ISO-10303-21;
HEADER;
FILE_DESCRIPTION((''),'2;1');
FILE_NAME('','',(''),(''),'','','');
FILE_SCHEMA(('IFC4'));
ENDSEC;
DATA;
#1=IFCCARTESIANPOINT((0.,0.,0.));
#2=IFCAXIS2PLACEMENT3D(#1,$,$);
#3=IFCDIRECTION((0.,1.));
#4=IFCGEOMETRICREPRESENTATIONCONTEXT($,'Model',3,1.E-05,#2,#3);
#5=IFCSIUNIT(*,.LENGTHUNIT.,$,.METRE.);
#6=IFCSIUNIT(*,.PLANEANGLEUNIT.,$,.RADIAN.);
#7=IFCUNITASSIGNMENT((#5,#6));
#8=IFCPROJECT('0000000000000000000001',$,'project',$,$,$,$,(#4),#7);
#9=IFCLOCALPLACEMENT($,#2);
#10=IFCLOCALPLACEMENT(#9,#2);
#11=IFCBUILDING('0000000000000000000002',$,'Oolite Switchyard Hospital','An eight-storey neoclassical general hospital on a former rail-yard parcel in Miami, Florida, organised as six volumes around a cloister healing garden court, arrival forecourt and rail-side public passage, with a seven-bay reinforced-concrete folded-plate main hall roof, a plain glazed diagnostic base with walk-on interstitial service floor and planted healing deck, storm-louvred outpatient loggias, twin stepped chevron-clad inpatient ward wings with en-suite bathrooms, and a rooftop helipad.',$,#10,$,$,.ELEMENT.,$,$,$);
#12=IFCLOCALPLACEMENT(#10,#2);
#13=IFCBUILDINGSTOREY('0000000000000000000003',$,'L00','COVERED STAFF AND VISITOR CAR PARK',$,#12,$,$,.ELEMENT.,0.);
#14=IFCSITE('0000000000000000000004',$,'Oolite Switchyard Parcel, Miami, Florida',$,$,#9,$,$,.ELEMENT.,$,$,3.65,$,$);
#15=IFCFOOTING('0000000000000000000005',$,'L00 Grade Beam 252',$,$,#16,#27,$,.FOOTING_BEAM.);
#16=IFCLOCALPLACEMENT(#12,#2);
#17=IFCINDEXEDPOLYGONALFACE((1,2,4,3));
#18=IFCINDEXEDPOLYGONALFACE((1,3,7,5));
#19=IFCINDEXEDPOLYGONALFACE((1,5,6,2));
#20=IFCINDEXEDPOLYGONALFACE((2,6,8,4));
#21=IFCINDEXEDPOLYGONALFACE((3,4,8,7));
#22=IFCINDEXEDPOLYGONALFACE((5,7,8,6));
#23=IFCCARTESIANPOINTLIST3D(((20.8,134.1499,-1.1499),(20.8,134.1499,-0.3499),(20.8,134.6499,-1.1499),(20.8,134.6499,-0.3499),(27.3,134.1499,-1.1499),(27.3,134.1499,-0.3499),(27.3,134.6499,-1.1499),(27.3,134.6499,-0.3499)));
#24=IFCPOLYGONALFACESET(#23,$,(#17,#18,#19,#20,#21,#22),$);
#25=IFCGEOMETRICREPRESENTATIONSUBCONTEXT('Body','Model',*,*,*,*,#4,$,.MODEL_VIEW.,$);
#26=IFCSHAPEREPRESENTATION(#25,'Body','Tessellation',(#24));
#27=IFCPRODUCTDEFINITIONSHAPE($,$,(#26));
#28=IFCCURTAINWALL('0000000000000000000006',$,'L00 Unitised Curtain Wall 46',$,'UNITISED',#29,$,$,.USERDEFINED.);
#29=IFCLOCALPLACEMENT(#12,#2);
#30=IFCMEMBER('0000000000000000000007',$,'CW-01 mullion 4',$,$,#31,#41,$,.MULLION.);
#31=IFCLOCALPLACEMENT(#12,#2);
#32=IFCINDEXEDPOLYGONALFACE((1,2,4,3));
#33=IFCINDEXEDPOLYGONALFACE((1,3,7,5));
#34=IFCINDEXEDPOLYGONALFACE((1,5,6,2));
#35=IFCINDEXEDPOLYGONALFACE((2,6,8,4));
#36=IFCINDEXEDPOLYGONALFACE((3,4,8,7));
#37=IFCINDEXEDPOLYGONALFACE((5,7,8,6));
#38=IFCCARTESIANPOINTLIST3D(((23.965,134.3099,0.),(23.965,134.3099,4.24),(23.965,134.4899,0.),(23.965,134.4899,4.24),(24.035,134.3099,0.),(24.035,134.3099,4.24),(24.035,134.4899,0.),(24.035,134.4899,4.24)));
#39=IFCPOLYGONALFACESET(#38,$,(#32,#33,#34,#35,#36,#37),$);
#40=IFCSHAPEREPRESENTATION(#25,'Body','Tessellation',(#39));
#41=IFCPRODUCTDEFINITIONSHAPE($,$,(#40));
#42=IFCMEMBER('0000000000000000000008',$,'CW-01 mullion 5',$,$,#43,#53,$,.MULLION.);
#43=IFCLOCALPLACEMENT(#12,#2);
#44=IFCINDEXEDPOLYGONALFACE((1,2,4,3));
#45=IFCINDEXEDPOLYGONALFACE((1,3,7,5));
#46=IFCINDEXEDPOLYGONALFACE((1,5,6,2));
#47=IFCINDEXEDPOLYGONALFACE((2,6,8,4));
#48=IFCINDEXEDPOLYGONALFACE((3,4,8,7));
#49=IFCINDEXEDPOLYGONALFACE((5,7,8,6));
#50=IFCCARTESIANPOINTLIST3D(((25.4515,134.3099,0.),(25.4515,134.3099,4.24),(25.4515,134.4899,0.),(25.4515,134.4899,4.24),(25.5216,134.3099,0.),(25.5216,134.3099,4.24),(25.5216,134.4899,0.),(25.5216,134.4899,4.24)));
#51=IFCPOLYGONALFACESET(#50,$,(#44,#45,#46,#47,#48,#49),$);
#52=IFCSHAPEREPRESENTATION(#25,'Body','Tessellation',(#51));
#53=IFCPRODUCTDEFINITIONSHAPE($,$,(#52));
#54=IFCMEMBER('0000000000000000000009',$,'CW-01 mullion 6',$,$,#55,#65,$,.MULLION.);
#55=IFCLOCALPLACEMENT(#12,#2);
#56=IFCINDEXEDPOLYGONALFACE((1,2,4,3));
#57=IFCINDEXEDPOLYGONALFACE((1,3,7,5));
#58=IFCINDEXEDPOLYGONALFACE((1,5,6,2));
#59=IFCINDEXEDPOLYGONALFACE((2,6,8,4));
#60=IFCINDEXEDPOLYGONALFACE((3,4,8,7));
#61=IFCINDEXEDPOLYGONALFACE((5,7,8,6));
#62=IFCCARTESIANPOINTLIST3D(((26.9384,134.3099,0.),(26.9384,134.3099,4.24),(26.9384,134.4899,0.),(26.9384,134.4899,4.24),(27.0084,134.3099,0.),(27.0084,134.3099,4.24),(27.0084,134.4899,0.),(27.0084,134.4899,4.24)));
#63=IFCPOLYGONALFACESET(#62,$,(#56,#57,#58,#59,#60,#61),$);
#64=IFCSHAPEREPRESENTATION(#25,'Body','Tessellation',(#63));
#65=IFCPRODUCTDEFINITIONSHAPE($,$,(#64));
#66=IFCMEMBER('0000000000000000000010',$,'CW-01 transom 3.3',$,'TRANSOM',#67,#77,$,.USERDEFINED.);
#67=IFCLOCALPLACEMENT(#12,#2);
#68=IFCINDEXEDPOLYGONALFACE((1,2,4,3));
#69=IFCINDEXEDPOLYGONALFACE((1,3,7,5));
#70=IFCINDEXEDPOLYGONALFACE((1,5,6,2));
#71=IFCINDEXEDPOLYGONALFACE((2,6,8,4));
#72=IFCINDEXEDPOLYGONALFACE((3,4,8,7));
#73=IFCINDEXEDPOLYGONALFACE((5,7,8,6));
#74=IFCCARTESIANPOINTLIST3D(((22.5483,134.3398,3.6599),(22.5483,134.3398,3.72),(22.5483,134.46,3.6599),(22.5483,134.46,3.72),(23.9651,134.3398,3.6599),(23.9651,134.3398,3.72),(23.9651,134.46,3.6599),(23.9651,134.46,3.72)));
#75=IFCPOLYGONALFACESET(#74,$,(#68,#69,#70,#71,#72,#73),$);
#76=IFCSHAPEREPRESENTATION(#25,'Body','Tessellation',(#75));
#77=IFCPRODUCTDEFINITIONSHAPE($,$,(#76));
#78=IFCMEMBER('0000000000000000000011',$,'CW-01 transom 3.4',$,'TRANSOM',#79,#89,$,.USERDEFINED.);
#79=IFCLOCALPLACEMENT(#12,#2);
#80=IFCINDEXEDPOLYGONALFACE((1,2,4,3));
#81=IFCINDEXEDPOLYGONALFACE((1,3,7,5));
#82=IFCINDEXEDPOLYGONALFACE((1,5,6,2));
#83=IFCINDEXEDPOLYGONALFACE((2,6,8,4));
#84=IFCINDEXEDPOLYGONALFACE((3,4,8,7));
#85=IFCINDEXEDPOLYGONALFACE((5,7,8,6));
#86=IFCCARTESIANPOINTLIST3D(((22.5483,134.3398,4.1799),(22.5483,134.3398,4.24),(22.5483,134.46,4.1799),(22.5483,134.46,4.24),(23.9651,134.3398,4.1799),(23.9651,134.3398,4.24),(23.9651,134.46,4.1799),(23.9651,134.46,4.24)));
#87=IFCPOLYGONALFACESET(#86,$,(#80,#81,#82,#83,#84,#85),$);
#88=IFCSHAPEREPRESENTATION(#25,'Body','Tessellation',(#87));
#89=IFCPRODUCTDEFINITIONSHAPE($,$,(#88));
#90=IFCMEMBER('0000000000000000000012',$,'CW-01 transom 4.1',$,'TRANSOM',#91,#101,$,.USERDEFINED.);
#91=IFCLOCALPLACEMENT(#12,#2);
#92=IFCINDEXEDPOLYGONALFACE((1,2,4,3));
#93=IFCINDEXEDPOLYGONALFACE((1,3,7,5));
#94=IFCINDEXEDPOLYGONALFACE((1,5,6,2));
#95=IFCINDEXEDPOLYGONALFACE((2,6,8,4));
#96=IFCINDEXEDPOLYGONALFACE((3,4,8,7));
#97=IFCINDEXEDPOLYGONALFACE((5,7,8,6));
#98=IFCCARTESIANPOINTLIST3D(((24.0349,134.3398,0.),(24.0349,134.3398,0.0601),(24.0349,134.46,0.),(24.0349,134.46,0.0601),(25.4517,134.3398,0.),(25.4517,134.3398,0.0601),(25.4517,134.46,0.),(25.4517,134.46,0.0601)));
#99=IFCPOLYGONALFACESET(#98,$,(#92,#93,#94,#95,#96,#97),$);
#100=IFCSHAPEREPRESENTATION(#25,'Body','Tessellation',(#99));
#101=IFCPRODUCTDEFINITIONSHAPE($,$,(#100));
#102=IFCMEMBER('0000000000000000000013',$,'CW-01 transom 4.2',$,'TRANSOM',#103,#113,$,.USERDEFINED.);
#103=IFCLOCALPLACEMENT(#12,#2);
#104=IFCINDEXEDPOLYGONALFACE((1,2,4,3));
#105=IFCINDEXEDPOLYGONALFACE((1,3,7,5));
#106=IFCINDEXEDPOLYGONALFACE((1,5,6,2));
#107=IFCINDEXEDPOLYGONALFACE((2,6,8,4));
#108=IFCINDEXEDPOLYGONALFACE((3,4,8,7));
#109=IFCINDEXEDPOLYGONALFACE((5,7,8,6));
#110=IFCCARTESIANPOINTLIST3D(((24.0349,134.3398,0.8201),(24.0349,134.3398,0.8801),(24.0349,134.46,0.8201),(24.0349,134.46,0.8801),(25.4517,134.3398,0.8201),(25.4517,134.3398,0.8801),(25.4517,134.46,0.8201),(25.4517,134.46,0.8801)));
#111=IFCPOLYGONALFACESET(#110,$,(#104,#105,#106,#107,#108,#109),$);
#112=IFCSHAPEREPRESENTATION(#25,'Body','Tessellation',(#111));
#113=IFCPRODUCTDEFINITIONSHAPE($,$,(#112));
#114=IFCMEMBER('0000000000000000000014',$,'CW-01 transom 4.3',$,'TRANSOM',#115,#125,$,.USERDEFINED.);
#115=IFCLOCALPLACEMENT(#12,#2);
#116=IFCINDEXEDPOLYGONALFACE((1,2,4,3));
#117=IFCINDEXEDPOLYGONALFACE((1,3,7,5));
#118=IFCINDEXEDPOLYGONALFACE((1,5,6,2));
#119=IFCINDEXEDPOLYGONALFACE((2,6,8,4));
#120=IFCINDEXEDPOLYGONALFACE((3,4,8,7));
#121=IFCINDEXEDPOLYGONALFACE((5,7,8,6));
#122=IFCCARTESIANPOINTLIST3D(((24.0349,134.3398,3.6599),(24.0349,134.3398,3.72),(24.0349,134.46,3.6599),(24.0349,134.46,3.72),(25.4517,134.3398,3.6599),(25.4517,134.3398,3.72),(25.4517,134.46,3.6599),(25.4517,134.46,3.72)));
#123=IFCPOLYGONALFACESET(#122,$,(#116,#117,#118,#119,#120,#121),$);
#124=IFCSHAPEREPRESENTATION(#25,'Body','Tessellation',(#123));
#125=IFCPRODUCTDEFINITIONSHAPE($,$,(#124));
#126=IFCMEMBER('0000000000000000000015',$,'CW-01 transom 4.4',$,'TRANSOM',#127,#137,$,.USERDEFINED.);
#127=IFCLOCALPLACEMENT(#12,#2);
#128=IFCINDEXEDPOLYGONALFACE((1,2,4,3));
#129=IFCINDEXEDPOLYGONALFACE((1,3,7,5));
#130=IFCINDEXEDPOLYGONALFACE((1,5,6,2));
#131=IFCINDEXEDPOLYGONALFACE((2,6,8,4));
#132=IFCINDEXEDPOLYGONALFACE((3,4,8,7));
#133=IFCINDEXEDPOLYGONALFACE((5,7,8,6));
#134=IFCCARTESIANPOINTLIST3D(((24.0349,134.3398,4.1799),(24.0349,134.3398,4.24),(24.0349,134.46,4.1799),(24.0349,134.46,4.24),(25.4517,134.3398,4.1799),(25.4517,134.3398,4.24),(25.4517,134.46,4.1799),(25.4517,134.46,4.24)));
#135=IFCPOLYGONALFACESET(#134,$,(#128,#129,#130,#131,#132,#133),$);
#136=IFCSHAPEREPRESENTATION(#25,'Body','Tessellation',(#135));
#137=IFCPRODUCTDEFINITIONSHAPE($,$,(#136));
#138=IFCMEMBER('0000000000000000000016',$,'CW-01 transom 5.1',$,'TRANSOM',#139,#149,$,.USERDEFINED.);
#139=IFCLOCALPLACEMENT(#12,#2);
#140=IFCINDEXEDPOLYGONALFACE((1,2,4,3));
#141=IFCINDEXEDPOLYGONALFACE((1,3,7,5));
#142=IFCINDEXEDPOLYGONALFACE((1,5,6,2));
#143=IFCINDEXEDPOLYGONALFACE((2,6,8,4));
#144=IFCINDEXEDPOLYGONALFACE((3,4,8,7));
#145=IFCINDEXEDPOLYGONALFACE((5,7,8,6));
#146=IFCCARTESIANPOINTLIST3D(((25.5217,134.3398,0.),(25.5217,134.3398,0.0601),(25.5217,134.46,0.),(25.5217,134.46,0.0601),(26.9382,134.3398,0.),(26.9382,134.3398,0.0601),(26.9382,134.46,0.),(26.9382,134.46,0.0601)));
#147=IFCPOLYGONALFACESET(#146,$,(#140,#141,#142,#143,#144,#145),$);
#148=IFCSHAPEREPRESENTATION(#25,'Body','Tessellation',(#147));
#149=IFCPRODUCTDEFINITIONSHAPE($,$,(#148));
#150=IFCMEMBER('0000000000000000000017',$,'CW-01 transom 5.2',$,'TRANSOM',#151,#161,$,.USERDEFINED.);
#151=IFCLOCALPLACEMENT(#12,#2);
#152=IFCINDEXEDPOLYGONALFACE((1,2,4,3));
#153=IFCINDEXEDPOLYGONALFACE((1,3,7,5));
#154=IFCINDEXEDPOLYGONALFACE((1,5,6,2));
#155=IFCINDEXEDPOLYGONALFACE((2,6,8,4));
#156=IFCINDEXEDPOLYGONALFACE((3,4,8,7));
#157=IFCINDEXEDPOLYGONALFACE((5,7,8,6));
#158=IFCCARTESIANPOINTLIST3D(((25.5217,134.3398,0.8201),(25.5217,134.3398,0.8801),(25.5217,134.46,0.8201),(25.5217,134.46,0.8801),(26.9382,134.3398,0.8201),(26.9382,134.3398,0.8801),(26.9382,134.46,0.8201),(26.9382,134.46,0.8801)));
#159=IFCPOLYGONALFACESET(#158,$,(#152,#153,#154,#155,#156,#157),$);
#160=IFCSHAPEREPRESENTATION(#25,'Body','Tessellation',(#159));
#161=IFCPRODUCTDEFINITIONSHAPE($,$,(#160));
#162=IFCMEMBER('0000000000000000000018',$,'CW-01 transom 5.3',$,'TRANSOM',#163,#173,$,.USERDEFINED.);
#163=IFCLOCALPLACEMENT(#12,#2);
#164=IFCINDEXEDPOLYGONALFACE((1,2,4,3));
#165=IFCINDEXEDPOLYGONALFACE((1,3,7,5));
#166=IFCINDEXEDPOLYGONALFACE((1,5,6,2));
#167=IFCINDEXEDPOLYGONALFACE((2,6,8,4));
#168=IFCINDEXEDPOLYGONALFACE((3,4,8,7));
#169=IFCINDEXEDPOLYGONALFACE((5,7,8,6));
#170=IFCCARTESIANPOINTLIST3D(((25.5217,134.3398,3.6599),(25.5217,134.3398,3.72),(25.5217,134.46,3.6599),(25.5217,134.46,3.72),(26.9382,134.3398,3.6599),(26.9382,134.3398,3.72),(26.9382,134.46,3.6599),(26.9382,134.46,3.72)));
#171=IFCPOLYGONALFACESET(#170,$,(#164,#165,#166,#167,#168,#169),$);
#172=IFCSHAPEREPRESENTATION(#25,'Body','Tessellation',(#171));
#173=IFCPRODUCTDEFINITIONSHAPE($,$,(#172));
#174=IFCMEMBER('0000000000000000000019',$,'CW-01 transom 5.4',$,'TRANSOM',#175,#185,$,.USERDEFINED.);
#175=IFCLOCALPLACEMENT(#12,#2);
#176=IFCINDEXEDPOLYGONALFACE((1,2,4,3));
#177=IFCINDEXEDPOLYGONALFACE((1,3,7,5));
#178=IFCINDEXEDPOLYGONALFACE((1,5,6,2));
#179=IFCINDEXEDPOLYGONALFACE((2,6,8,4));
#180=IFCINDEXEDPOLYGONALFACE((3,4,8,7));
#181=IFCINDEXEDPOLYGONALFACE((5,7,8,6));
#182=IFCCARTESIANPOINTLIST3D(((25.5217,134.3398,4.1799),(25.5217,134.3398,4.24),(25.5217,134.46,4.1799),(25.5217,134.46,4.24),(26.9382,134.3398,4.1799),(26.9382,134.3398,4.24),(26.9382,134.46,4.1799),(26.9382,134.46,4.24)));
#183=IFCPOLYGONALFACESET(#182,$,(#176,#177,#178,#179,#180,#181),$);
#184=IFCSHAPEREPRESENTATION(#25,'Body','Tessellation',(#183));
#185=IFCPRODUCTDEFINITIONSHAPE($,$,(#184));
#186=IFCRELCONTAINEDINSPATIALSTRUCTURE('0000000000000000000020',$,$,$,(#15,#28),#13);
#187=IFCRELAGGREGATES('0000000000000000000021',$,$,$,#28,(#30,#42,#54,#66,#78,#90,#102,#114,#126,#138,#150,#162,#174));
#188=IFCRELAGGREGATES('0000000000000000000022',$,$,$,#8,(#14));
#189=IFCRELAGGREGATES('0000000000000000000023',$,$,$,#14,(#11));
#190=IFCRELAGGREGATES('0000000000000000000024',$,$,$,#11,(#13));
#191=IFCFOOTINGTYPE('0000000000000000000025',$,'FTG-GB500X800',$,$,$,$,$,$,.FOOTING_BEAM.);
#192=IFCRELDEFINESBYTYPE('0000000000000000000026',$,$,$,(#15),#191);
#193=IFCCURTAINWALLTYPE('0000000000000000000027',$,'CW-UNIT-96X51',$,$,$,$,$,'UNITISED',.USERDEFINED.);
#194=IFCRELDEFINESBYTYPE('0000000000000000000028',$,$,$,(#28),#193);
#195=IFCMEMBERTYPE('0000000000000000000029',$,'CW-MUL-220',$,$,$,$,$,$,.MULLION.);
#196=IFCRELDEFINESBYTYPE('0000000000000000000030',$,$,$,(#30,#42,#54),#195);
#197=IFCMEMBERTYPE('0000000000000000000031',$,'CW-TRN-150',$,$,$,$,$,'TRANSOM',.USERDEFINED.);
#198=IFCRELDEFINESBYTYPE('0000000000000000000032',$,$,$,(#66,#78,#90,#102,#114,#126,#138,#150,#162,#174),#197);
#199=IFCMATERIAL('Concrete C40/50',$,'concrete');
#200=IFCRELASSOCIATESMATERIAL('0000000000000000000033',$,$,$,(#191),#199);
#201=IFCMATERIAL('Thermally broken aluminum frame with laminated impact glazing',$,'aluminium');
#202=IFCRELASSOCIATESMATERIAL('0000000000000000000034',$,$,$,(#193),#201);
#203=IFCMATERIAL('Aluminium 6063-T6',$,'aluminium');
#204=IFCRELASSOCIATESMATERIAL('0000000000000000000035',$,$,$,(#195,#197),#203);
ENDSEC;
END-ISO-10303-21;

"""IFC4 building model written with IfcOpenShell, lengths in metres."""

from ifc_helpers import new_model, si_unit, direction, frame, origin, origin_2d, place, context, subcontext, project, spatial, rectangle, extrude, material, material_profile, profile_set, type_object, element, aggregate, save


model = new_model("IFC4")

# Units and contexts
model_context = context("Model", 3, precision=1e-05, world=origin(), true_north=direction((0.0, 1.0)))
body_context = subcontext(model_context, "Body", "Model", "MODEL_VIEW")
ifc_project = project(units=[si_unit("LENGTHUNIT", "METRE"), si_unit("PLANEANGLEUNIT", "RADIAN")], contexts=[model_context])

# Site, building, storey
site_placement = place(None, origin())
site = spatial("IfcSite", under=ifc_project, at=site_placement, Name="Oolite Switchyard Parcel, Miami, Florida", CompositionType="ELEMENT", RefElevation=3.65)
building_placement = place(site_placement, origin())
building = spatial("IfcBuilding", under=site, at=building_placement, Name="Oolite Switchyard Hospital", Description="An eight-storey neoclassical general hospital on a former rail-yard parcel in Miami, Florida, organised as six volumes around a cloister healing garden court, arrival forecourt and rail-side public passage, with a seven-bay reinforced-concrete folded-plate main hall roof, a plain glazed diagnostic base with walk-on interstitial service floor and planted healing deck, storm-louvred outpatient loggias, twin stepped chevron-clad inpatient ward wings with en-suite bathrooms, and a rooftop helipad.", CompositionType="ELEMENT")
storey_placement = place(building_placement, origin())
storey = spatial("IfcBuildingStorey", under=building, at=storey_placement, Name="L00", Description="COVERED STAFF AND VISITOR CAR PARK", CompositionType="ELEMENT", Elevation=0.0)

# Footing
ifc_material_1 = material(Name="Concrete C40/50", Category="concrete")
footing_type = type_object("IfcFootingType", Name="FTG-GB500X800", PredefinedType="FOOTING_BEAM", material=ifc_material_1)
footing_placement = place(storey_placement, frame((24.05, 134.3999, -1.1499), z_axis=(0.0, 0.0, 1.0), x_axis=(1.0, 0.0, 0.0)))
element("IfcFooting", 1, at=footing_placement, inside=storey, type_object=footing_type, Name="L00 Grade Beam 252", PredefinedType="FOOTING_BEAM", context=body_context, shape_type="SweptSolid", body=[
    extrude(rectangle(XDim=6.5, YDim=0.5, at=origin_2d()), origin(), (0.0, 0.0, 1.0), 0.8),
])

# Curtain wall, members
ifc_material_2 = material(Name="Thermally broken aluminum frame with laminated impact glazing", Category="aluminium")
curtain_wall_type = type_object("IfcCurtainWallType", Name="CW-UNIT-96X51", ElementType="UNITISED", PredefinedType="USERDEFINED", material=ifc_material_2)
curtain_wall_placement = place(storey_placement, origin())
curtain_wall = element("IfcCurtainWall", 2, at=curtain_wall_placement, inside=storey, type_object=curtain_wall_type, Name="L00 Unitised Curtain Wall 46", ObjectType="UNITISED", PredefinedType="USERDEFINED")
ifc_material_3 = material(Name="Aluminium 6063-T6", Category="aluminium")
ifc_material_profile_1 = material_profile(ifc_material_3, rectangle(XDim=0.1799, YDim=0.0701, at=origin_2d()), Name="CWM70X180")
ifc_profile_set_1 = profile_set([ifc_material_profile_1], Name="Aluminium 6063-T6")
member_type_1 = type_object("IfcMemberType", Name="CW-MUL-220", PredefinedType="MULLION", material=ifc_profile_set_1)
member_1_placement = place(storey_placement, frame((24.0, 134.3999, 0.0), z_axis=(0.0, 0.0, 1.0), x_axis=(0.0, 1.0, 0.0)))
member_1 = element("IfcMember", 3, at=member_1_placement, type_object=member_type_1, Name="CW-01 mullion 4", PredefinedType="MULLION", context=body_context, shape_type="SweptSolid", body=[
    extrude(rectangle(XDim=0.1799, YDim=0.0701, at=origin_2d()), origin(), (0.0, 0.0, 1.0), 4.24),
])
member_2_placement = place(storey_placement, frame((25.4866, 134.3999, 0.0), z_axis=(0.0, 0.0, 1.0), x_axis=(0.0, 1.0, 0.0)))
member_2 = element("IfcMember", 4, at=member_2_placement, type_object=member_type_1, Name="CW-01 mullion 5", PredefinedType="MULLION", context=body_context, shape_type="SweptSolid", body=[
    extrude(rectangle(XDim=0.1799, YDim=0.0701, at=origin_2d()), origin(), (0.0, 0.0, 1.0), 4.24),
])
member_3_placement = place(storey_placement, frame((26.9734, 134.3999, 0.0), z_axis=(0.0, 0.0, 1.0), x_axis=(0.0, 1.0, 0.0)))
member_3 = element("IfcMember", 5, at=member_3_placement, type_object=member_type_1, Name="CW-01 mullion 6", PredefinedType="MULLION", context=body_context, shape_type="SweptSolid", body=[
    extrude(rectangle(XDim=0.1799, YDim=0.0701, at=origin_2d()), origin(), (0.0, 0.0, 1.0), 4.24),
])
ifc_material_profile_2 = material_profile(ifc_material_3, rectangle(XDim=0.1201, YDim=0.0601, at=origin_2d()), Name="CWT60X120")
ifc_profile_set_2 = profile_set([ifc_material_profile_2], Name="Aluminium 6063-T6")
member_type_2 = type_object("IfcMemberType", Name="CW-TRN-150", ElementType="TRANSOM", PredefinedType="USERDEFINED", material=ifc_profile_set_2)
member_4_placement = place(storey_placement, frame((22.5483, 134.3999, 3.6899), z_axis=(1.0, 0.0, 0.0), x_axis=(0.0, 1.0, 0.0)))
member_4 = element("IfcMember", 6, at=member_4_placement, type_object=member_type_2, Name="CW-01 transom 3.3", ObjectType="TRANSOM", PredefinedType="USERDEFINED", context=body_context, shape_type="SweptSolid", body=[
    extrude(rectangle(XDim=0.1201, YDim=0.0601, at=origin_2d()), origin(), (0.0, 0.0, 1.0), 1.4167),
])
member_5_placement = place(storey_placement, frame((22.5483, 134.3999, 4.21), z_axis=(1.0, 0.0, 0.0), x_axis=(0.0, 1.0, 0.0)))
member_5 = element("IfcMember", 7, at=member_5_placement, type_object=member_type_2, Name="CW-01 transom 3.4", ObjectType="TRANSOM", PredefinedType="USERDEFINED", context=body_context, shape_type="SweptSolid", body=[
    extrude(rectangle(XDim=0.1201, YDim=0.0601, at=origin_2d()), origin(), (0.0, 0.0, 1.0), 1.4167),
])
member_6_placement = place(storey_placement, frame((24.0349, 134.3999, 0.03), z_axis=(1.0, 0.0, 0.0), x_axis=(0.0, 1.0, 0.0)))
member_6 = element("IfcMember", 8, at=member_6_placement, type_object=member_type_2, Name="CW-01 transom 4.1", ObjectType="TRANSOM", PredefinedType="USERDEFINED", context=body_context, shape_type="SweptSolid", body=[
    extrude(rectangle(XDim=0.1201, YDim=0.0601, at=origin_2d()), origin(), (0.0, 0.0, 1.0), 1.4167),
])
member_7_placement = place(storey_placement, frame((24.0349, 134.3999, 0.8501), z_axis=(1.0, 0.0, 0.0), x_axis=(0.0, 1.0, 0.0)))
member_7 = element("IfcMember", 9, at=member_7_placement, type_object=member_type_2, Name="CW-01 transom 4.2", ObjectType="TRANSOM", PredefinedType="USERDEFINED", context=body_context, shape_type="SweptSolid", body=[
    extrude(rectangle(XDim=0.1201, YDim=0.0601, at=origin_2d()), origin(), (0.0, 0.0, 1.0), 1.4167),
])
member_8_placement = place(storey_placement, frame((24.0349, 134.3999, 3.6899), z_axis=(1.0, 0.0, 0.0), x_axis=(0.0, 1.0, 0.0)))
member_8 = element("IfcMember", 10, at=member_8_placement, type_object=member_type_2, Name="CW-01 transom 4.3", ObjectType="TRANSOM", PredefinedType="USERDEFINED", context=body_context, shape_type="SweptSolid", body=[
    extrude(rectangle(XDim=0.1201, YDim=0.0601, at=origin_2d()), origin(), (0.0, 0.0, 1.0), 1.4167),
])
member_9_placement = place(storey_placement, frame((24.0349, 134.3999, 4.21), z_axis=(1.0, 0.0, 0.0), x_axis=(0.0, 1.0, 0.0)))
member_9 = element("IfcMember", 11, at=member_9_placement, type_object=member_type_2, Name="CW-01 transom 4.4", ObjectType="TRANSOM", PredefinedType="USERDEFINED", context=body_context, shape_type="SweptSolid", body=[
    extrude(rectangle(XDim=0.1201, YDim=0.0601, at=origin_2d()), origin(), (0.0, 0.0, 1.0), 1.4167),
])
member_10_placement = place(storey_placement, frame((25.5217, 134.3999, 0.03), z_axis=(1.0, 0.0, 0.0), x_axis=(0.0, 1.0, 0.0)))
member_10 = element("IfcMember", 12, at=member_10_placement, type_object=member_type_2, Name="CW-01 transom 5.1", ObjectType="TRANSOM", PredefinedType="USERDEFINED", context=body_context, shape_type="SweptSolid", body=[
    extrude(rectangle(XDim=0.1201, YDim=0.0601, at=origin_2d()), origin(), (0.0, 0.0, 1.0), 1.4165),
])
member_11_placement = place(storey_placement, frame((25.5217, 134.3999, 0.8501), z_axis=(1.0, 0.0, 0.0), x_axis=(0.0, 1.0, 0.0)))
member_11 = element("IfcMember", 13, at=member_11_placement, type_object=member_type_2, Name="CW-01 transom 5.2", ObjectType="TRANSOM", PredefinedType="USERDEFINED", context=body_context, shape_type="SweptSolid", body=[
    extrude(rectangle(XDim=0.1201, YDim=0.0601, at=origin_2d()), origin(), (0.0, 0.0, 1.0), 1.4165),
])
member_12_placement = place(storey_placement, frame((25.5217, 134.3999, 3.6899), z_axis=(1.0, 0.0, 0.0), x_axis=(0.0, 1.0, 0.0)))
member_12 = element("IfcMember", 14, at=member_12_placement, type_object=member_type_2, Name="CW-01 transom 5.3", ObjectType="TRANSOM", PredefinedType="USERDEFINED", context=body_context, shape_type="SweptSolid", body=[
    extrude(rectangle(XDim=0.1201, YDim=0.0601, at=origin_2d()), origin(), (0.0, 0.0, 1.0), 1.4165),
])
member_13_placement = place(storey_placement, frame((25.5217, 134.3999, 4.21), z_axis=(1.0, 0.0, 0.0), x_axis=(0.0, 1.0, 0.0)))
member_13 = element("IfcMember", 15, at=member_13_placement, type_object=member_type_2, Name="CW-01 transom 5.4", ObjectType="TRANSOM", PredefinedType="USERDEFINED", context=body_context, shape_type="SweptSolid", body=[
    extrude(rectangle(XDim=0.1201, YDim=0.0601, at=origin_2d()), origin(), (0.0, 0.0, 1.0), 1.4165),
])
aggregate(curtain_wall, [member_1, member_2, member_3, member_4, member_5, member_6, member_7, member_8, member_9, member_10, member_11, member_12, member_13])

save(model, "model.ifc")
